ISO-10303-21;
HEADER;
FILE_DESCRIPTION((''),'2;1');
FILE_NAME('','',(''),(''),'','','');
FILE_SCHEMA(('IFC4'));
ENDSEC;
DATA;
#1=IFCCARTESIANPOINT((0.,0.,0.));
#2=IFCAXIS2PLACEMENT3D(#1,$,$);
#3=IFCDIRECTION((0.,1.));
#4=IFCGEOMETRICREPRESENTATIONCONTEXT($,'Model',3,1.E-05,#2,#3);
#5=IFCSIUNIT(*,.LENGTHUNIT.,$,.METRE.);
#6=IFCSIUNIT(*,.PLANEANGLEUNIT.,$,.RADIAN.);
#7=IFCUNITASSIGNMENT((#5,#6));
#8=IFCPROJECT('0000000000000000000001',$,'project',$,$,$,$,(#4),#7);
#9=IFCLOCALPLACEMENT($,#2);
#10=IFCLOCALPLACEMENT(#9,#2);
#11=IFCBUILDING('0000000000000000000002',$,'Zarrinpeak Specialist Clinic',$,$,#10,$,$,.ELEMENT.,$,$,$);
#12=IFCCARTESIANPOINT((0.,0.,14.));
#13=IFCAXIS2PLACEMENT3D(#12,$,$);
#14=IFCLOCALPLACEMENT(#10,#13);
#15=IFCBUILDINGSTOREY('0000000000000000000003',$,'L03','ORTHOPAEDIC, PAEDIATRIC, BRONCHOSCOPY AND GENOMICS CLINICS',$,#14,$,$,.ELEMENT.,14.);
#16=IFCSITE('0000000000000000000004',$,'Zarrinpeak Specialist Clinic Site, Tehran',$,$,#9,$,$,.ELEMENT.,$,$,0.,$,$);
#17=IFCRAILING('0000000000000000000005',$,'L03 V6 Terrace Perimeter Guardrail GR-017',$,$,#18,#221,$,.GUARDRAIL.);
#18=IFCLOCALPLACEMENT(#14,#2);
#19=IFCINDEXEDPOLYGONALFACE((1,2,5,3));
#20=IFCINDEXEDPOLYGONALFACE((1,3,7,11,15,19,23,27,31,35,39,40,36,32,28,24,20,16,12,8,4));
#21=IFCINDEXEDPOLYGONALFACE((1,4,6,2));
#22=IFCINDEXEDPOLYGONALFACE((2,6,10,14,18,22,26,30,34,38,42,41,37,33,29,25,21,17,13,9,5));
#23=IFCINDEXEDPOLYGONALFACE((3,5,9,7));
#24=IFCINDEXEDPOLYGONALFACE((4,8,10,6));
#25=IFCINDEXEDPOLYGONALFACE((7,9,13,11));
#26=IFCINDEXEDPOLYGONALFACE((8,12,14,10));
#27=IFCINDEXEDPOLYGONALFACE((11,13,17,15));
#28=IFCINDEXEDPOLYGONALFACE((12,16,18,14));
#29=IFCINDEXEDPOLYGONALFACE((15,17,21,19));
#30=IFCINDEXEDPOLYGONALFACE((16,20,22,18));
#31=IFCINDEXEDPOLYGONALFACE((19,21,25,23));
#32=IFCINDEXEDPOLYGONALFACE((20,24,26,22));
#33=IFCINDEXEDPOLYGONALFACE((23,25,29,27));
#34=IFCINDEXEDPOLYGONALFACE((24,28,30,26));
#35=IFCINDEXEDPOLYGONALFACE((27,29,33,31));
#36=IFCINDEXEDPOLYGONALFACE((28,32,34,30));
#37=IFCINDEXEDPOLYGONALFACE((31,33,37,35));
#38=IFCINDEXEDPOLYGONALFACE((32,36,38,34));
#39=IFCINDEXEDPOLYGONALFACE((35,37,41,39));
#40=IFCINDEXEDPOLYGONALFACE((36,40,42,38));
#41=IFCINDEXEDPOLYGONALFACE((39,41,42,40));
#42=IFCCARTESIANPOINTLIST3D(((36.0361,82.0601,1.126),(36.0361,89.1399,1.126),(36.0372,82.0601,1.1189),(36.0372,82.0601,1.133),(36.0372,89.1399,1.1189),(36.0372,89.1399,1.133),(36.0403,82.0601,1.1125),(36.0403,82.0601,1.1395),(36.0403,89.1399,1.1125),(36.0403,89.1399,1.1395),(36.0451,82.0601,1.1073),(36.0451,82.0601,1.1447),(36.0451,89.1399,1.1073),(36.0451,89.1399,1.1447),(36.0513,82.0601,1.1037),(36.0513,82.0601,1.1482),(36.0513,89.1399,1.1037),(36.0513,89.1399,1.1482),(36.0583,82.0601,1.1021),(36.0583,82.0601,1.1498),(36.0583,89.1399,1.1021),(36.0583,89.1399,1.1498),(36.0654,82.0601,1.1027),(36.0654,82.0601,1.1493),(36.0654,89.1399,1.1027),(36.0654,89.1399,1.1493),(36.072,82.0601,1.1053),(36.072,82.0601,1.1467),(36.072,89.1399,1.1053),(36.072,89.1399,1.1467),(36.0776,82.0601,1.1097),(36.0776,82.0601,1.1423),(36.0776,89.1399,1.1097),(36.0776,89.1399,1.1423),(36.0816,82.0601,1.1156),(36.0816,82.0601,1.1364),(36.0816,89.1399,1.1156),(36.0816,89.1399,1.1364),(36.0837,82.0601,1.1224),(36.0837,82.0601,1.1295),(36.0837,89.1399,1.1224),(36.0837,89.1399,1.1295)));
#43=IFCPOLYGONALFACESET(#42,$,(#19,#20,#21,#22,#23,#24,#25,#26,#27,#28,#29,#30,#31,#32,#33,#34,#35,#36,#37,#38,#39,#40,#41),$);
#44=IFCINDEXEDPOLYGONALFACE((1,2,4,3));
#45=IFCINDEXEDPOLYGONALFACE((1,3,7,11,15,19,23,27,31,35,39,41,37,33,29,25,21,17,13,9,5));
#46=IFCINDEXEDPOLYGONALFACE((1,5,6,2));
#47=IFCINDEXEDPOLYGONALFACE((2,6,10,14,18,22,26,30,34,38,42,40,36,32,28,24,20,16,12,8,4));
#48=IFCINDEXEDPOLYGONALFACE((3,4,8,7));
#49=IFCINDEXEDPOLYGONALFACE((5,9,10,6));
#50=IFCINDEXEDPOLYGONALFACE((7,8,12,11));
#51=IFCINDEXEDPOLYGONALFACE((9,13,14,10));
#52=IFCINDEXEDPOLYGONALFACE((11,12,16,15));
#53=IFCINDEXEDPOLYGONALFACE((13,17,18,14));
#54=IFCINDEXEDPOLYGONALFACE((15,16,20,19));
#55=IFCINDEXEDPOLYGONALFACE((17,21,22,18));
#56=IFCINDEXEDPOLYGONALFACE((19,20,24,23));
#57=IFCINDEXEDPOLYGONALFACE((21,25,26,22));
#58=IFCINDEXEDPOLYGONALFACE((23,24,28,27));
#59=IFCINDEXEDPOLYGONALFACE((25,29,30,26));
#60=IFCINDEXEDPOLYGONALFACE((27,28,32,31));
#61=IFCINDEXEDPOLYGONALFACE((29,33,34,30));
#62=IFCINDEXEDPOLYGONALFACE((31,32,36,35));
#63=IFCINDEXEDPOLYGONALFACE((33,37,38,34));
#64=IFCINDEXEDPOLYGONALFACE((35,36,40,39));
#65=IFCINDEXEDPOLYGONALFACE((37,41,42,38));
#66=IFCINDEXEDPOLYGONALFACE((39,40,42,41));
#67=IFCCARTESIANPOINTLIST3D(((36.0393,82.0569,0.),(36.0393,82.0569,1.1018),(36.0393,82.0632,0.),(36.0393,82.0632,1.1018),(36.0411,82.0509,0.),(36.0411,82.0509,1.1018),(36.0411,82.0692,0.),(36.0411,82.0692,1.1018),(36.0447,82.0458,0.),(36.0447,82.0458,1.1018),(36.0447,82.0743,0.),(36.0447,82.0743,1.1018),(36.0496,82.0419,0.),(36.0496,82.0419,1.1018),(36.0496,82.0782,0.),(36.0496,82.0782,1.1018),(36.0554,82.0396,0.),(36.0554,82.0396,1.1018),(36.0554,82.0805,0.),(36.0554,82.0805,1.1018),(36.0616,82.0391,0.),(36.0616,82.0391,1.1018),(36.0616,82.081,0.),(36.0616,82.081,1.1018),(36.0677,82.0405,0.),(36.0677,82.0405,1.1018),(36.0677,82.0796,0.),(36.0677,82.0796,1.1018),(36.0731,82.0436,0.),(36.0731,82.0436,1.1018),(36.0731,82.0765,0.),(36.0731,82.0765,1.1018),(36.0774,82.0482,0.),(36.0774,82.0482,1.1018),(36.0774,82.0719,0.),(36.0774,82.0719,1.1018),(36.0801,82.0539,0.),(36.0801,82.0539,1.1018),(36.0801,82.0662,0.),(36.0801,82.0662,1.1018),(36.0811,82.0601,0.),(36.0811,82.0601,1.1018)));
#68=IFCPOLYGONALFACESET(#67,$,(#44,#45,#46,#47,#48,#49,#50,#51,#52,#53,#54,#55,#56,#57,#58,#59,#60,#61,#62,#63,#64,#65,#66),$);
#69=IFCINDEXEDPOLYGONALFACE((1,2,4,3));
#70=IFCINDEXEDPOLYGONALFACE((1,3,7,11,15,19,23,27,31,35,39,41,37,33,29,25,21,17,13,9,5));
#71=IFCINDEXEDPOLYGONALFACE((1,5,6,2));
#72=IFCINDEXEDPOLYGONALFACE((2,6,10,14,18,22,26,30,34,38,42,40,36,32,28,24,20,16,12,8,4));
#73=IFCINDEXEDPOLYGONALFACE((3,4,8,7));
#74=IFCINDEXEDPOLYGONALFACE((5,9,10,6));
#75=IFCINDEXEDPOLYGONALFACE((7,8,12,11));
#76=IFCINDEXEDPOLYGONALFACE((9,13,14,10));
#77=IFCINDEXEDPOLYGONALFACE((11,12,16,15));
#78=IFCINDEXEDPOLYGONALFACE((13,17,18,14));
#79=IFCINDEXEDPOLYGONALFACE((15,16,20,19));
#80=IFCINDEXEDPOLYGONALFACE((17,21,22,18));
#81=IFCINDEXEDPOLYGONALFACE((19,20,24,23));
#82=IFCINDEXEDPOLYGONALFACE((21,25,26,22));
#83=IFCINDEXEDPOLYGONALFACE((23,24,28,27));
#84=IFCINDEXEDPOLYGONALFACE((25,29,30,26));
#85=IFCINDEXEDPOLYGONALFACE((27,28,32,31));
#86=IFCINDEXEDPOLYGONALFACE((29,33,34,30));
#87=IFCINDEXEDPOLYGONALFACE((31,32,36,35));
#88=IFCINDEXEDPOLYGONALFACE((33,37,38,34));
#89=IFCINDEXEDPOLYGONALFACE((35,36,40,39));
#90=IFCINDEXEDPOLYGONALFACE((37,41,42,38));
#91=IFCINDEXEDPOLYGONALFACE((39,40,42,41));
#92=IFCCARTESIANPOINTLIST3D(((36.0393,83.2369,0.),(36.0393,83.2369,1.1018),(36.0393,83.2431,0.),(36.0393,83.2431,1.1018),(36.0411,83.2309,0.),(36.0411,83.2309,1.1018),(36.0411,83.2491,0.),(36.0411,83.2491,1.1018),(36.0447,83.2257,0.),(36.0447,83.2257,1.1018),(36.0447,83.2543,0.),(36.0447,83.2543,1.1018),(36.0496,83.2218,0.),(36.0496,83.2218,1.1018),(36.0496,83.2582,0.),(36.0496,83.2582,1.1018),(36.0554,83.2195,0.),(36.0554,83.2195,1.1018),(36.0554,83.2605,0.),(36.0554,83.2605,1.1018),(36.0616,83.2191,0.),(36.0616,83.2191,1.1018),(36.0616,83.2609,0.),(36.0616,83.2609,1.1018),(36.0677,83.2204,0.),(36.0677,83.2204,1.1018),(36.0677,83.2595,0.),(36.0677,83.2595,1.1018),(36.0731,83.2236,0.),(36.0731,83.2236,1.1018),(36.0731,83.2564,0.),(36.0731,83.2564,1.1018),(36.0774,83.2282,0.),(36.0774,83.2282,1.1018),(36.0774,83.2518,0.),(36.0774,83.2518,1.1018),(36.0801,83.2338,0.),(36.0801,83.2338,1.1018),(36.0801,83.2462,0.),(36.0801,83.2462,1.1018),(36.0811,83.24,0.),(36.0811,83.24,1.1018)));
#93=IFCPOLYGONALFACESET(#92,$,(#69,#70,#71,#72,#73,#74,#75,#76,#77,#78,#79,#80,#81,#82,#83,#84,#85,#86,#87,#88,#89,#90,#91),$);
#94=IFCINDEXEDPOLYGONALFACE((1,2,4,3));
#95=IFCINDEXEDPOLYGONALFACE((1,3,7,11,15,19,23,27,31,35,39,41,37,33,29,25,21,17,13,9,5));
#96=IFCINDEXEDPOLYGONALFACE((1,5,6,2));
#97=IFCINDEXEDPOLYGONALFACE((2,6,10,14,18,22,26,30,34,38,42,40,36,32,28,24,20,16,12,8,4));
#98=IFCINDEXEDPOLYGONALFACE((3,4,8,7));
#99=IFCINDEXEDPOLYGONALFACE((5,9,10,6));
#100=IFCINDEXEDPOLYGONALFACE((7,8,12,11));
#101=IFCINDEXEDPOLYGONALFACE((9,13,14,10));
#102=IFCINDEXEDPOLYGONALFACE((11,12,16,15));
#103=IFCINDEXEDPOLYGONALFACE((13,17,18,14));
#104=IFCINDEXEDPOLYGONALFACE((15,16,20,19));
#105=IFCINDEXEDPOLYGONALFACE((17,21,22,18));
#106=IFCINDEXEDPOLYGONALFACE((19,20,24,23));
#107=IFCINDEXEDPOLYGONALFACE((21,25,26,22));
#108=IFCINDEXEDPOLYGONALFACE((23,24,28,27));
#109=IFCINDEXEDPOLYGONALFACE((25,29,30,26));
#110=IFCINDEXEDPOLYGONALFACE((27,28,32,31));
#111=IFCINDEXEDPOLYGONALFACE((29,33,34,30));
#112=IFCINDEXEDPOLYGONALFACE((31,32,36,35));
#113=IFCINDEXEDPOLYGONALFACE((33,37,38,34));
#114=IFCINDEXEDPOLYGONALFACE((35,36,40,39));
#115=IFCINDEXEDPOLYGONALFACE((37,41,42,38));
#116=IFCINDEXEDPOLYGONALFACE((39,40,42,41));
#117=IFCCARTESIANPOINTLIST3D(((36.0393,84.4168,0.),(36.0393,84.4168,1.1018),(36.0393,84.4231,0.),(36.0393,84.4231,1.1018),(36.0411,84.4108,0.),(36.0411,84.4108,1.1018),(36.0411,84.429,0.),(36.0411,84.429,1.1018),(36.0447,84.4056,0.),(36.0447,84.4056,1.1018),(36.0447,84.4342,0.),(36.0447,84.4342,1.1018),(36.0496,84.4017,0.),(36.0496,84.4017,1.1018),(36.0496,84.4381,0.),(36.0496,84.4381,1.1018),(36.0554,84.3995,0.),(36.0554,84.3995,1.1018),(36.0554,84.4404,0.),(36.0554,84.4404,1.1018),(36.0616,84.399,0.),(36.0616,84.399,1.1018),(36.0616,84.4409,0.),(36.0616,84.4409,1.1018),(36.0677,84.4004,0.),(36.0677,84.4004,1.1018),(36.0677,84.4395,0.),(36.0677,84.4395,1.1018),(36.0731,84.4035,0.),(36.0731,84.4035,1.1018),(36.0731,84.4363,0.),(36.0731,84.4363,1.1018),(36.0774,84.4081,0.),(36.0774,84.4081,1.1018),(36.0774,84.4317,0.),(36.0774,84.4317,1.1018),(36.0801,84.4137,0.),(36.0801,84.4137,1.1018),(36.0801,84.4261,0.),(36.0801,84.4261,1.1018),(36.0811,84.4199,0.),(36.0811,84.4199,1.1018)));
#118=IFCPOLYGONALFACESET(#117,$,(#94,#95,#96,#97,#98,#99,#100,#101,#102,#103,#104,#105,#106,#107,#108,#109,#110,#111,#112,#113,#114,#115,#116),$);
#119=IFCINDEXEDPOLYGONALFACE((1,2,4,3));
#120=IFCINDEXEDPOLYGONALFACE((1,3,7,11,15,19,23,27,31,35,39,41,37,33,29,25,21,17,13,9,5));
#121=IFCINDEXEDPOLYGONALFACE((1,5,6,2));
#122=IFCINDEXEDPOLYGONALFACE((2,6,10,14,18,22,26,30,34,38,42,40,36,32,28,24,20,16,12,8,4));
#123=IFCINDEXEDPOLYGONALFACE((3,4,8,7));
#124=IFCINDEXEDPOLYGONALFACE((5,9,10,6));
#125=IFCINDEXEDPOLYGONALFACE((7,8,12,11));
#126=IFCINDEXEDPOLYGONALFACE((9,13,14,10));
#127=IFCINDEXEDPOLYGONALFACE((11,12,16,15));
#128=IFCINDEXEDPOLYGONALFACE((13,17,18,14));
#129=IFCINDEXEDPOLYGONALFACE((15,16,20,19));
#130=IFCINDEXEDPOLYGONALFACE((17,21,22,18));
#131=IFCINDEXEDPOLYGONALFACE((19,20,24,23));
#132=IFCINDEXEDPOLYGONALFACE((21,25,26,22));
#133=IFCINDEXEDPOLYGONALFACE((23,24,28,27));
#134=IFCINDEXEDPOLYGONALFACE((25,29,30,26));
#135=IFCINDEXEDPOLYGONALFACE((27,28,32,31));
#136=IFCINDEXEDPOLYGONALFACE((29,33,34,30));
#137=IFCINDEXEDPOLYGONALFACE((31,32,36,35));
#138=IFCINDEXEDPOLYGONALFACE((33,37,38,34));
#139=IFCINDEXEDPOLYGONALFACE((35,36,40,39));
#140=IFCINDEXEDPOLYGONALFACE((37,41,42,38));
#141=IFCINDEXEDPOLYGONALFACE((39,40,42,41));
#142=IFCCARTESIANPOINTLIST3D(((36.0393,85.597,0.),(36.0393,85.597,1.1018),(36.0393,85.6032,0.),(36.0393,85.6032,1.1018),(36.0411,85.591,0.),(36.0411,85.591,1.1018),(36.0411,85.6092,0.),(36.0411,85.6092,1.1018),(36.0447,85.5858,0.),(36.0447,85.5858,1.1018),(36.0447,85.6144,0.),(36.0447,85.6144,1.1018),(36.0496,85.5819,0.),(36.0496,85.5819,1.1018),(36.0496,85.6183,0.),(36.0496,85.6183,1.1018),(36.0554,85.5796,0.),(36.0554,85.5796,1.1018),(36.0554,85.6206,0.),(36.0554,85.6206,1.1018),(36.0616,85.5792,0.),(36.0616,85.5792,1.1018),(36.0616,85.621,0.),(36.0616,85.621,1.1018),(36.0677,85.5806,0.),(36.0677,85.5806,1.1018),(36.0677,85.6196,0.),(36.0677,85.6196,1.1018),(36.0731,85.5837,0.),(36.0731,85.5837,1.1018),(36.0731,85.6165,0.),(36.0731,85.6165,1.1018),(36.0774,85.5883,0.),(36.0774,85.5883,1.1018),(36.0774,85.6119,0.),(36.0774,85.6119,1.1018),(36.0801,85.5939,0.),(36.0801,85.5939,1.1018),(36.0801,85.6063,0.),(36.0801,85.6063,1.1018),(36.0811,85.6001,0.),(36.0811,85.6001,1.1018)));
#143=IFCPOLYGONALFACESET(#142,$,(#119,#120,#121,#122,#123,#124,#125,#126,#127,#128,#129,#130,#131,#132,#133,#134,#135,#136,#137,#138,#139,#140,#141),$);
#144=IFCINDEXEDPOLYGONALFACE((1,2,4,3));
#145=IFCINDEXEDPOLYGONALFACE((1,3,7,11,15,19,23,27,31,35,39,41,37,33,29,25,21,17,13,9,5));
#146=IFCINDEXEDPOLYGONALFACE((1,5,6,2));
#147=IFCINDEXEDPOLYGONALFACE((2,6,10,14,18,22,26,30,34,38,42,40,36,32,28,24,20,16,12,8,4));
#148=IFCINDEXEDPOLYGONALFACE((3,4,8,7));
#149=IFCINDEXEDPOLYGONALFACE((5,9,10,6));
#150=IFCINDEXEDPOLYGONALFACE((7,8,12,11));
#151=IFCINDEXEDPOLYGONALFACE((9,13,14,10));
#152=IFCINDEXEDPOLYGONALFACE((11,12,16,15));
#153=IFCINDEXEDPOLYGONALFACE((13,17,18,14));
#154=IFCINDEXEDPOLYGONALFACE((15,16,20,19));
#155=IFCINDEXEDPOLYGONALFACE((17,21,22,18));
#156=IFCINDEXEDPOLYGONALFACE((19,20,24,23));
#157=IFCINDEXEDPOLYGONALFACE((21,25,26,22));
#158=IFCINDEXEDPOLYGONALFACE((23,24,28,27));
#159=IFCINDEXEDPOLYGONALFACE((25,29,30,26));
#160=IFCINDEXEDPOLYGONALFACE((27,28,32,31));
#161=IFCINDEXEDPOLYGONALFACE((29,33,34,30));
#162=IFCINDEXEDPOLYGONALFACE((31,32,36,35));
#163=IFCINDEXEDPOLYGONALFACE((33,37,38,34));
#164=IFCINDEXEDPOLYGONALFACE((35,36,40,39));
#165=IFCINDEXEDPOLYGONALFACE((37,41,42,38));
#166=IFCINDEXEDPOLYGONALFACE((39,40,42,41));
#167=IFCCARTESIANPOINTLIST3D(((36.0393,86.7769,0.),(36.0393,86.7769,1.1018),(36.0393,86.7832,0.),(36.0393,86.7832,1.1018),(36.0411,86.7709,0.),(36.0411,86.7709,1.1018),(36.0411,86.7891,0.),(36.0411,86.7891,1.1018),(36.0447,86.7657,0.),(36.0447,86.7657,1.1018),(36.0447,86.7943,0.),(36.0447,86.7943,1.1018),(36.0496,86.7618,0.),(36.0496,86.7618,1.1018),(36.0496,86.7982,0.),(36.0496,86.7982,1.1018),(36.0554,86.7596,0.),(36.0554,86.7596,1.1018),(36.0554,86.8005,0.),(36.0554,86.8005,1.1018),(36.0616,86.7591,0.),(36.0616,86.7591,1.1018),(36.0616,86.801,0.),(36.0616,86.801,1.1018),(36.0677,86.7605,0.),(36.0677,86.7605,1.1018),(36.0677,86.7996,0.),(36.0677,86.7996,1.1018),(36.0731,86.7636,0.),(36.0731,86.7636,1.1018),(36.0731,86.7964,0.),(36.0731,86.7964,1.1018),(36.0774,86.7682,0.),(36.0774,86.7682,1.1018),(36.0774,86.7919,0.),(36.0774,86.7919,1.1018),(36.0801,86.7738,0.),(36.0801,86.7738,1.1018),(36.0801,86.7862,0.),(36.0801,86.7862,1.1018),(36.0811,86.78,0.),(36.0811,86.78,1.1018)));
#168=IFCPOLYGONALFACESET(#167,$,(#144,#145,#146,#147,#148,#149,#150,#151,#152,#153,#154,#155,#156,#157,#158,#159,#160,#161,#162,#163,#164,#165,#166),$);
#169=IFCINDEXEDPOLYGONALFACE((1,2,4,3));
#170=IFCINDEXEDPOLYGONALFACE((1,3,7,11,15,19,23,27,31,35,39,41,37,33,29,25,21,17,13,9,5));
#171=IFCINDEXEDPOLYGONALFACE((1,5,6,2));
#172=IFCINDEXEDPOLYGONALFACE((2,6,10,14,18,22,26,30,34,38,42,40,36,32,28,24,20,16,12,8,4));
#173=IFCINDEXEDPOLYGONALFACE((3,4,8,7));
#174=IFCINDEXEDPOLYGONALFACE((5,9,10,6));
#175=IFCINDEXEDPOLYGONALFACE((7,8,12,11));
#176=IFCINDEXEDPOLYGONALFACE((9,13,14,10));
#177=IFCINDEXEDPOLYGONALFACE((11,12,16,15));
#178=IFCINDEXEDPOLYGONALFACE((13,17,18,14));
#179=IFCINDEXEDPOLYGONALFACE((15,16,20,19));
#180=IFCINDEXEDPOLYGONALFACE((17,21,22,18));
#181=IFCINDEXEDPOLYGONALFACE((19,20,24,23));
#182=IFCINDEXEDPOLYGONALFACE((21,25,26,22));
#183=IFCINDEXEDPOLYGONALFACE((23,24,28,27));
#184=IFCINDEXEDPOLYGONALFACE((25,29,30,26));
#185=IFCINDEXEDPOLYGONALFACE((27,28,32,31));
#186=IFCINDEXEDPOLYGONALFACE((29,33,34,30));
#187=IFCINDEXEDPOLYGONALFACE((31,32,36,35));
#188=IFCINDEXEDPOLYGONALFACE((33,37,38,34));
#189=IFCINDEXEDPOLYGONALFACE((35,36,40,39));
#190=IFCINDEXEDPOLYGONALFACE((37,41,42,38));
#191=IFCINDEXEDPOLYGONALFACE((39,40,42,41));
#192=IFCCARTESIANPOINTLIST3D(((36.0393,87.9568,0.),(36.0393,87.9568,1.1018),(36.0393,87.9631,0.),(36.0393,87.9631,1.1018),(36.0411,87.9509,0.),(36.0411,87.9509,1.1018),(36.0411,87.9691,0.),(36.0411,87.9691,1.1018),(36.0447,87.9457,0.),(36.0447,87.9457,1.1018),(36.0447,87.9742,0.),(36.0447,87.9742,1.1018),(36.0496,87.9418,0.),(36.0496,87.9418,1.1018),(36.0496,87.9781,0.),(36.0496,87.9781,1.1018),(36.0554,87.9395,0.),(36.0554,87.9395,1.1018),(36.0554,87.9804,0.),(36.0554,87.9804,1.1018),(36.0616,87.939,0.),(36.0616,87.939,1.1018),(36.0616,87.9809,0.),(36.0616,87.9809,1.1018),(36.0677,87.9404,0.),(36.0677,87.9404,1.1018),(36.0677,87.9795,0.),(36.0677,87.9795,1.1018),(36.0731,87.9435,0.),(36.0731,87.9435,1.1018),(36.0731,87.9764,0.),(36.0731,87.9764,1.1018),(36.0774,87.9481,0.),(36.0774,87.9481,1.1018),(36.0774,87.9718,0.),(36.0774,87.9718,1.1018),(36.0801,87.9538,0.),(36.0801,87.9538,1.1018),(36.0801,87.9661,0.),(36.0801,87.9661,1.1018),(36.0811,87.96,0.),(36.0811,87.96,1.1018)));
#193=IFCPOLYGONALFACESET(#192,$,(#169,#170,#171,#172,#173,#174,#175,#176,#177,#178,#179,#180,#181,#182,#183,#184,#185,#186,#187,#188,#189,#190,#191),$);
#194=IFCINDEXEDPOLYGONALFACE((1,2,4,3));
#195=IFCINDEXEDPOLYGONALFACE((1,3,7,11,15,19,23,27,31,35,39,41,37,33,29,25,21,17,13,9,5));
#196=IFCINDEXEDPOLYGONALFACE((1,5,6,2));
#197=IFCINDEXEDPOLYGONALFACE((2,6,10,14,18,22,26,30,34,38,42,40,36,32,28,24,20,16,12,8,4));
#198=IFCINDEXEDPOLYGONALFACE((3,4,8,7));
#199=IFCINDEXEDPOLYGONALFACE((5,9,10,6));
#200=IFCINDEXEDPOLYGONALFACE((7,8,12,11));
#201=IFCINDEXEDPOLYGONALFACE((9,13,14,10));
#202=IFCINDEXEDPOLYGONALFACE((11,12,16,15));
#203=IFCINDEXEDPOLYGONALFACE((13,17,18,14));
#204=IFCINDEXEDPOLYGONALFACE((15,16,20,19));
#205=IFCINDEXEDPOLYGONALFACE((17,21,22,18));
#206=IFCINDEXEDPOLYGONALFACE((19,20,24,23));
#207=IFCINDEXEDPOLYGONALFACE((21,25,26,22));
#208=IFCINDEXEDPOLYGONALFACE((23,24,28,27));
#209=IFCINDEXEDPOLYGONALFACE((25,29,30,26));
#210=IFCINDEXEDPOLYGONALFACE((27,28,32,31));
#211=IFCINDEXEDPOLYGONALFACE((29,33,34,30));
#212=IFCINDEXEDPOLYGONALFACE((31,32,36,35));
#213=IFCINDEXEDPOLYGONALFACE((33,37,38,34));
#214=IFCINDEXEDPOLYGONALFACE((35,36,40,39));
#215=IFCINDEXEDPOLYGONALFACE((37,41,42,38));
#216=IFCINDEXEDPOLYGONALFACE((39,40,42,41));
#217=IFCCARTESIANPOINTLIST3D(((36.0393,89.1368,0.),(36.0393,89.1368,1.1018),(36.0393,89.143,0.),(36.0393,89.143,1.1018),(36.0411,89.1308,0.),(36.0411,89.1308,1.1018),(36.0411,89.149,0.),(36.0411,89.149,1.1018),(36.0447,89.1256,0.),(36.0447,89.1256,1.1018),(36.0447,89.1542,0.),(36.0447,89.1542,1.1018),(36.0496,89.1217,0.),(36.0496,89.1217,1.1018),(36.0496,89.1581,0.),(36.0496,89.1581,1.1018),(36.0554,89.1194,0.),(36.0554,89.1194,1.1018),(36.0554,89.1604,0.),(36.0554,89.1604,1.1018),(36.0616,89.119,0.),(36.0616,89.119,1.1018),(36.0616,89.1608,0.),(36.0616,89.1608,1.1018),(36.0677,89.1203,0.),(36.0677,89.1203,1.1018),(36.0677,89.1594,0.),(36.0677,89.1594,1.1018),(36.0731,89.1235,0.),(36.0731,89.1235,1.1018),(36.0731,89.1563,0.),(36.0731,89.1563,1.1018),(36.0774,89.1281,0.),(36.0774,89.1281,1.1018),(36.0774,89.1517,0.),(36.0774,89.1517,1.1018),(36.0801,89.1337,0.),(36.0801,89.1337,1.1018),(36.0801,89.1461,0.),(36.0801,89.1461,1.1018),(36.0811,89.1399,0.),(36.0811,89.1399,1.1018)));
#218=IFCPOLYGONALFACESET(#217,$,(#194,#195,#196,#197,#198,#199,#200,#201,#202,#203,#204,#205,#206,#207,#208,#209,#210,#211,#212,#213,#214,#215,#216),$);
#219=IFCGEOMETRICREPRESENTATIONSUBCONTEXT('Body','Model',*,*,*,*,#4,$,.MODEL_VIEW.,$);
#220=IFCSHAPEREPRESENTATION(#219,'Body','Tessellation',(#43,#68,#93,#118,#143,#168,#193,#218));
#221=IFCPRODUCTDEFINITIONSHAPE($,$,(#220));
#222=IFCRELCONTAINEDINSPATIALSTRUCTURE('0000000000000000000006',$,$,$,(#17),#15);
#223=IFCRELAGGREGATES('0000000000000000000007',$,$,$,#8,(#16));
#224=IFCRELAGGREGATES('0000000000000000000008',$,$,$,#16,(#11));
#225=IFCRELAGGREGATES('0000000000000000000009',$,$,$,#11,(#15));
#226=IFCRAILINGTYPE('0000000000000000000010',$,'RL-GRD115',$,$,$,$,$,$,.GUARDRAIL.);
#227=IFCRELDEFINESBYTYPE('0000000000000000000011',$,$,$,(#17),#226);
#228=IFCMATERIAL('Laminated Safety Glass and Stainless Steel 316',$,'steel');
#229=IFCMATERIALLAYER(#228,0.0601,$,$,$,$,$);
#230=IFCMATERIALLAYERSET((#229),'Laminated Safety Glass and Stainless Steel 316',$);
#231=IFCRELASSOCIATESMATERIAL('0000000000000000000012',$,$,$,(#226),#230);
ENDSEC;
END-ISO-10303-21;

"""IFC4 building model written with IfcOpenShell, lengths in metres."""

from ifc_helpers import new_model, si_unit, direction, frame, origin, origin_2d, place, context, subcontext, project, spatial, circle, extrude, material, layer, layer_set, type_object, element, save


model = new_model("IFC4")

# Units and contexts
model_context = context("Model", 3, precision=1e-05, world=origin(), true_north=direction((0.0, 1.0)))
body_context = subcontext(model_context, "Body", "Model", "MODEL_VIEW")
ifc_project = project(units=[si_unit("LENGTHUNIT", "METRE"), si_unit("PLANEANGLEUNIT", "RADIAN")], contexts=[model_context])

# Site, building, storey
site_placement = place(None, origin())
site = spatial("IfcSite", under=ifc_project, at=site_placement, Name="Zarrinpeak Specialist Clinic Site, Tehran", CompositionType="ELEMENT", RefElevation=0.0)
building_placement = place(site_placement, origin())
building = spatial("IfcBuilding", under=site, at=building_placement, Name="Zarrinpeak Specialist Clinic", CompositionType="ELEMENT")
storey_placement = place(building_placement, frame((0.0, 0.0, 14.0)))
storey = spatial("IfcBuildingStorey", under=building, at=storey_placement, Name="L03", Description="ORTHOPAEDIC, PAEDIATRIC, BRONCHOSCOPY AND GENOMICS CLINICS", CompositionType="ELEMENT", Elevation=14.0)

# Railing
ifc_material_1 = material(Name="Laminated Safety Glass and Stainless Steel 316", Category="steel")
ifc_layer_1 = layer(ifc_material_1, 0.0601)
ifc_layer_set_1 = layer_set([ifc_layer_1], Name="Laminated Safety Glass and Stainless Steel 316")
railing_type_1 = type_object("IfcRailingType", Name="RL-GRD115", PredefinedType="GUARDRAIL", material=ifc_layer_set_1)
railing_1_placement = place(storey_placement, frame((36.0601, 82.0601, 0.0)))
element("IfcRailing", 1, at=railing_1_placement, inside=storey, type_object=railing_type_1, Name="L03 V6 Terrace Perimeter Guardrail GR-017", PredefinedType="GUARDRAIL", context=body_context, shape_type="SweptSolid", body=[
    extrude(circle(Radius=0.0239, at=origin_2d()), frame((0.0, 0.0, 1.126), z_axis=(0.0, 1.0, 0.0), x_axis=(-1.0, 0.0, 0.0)), (0.0, 0.0, 1.0), 7.0798),
    extrude(circle(Radius=0.021, at=origin_2d()), origin(), (0.0, 0.0, 1.0), 1.1018),
    extrude(circle(Radius=0.021, at=origin_2d()), frame((0.0, 1.1799, 0.0)), (0.0, 0.0, 1.0), 1.1018),
    extrude(circle(Radius=0.021, at=origin_2d()), frame((0.0, 2.3599, 0.0)), (0.0, 0.0, 1.0), 1.1018),
    extrude(circle(Radius=0.021, at=origin_2d()), frame((0.0, 3.54, 0.0)), (0.0, 0.0, 1.0), 1.1018),
    extrude(circle(Radius=0.021, at=origin_2d()), frame((0.0, 4.72, 0.0)), (0.0, 0.0, 1.0), 1.1018),
    extrude(circle(Radius=0.021, at=origin_2d()), frame((0.0, 5.8999, 0.0)), (0.0, 0.0, 1.0), 1.1018),
    extrude(circle(Radius=0.021, at=origin_2d()), frame((0.0, 7.0798, 0.0)), (0.0, 0.0, 1.0), 1.1018),
])

save(model, "model.ifc")
